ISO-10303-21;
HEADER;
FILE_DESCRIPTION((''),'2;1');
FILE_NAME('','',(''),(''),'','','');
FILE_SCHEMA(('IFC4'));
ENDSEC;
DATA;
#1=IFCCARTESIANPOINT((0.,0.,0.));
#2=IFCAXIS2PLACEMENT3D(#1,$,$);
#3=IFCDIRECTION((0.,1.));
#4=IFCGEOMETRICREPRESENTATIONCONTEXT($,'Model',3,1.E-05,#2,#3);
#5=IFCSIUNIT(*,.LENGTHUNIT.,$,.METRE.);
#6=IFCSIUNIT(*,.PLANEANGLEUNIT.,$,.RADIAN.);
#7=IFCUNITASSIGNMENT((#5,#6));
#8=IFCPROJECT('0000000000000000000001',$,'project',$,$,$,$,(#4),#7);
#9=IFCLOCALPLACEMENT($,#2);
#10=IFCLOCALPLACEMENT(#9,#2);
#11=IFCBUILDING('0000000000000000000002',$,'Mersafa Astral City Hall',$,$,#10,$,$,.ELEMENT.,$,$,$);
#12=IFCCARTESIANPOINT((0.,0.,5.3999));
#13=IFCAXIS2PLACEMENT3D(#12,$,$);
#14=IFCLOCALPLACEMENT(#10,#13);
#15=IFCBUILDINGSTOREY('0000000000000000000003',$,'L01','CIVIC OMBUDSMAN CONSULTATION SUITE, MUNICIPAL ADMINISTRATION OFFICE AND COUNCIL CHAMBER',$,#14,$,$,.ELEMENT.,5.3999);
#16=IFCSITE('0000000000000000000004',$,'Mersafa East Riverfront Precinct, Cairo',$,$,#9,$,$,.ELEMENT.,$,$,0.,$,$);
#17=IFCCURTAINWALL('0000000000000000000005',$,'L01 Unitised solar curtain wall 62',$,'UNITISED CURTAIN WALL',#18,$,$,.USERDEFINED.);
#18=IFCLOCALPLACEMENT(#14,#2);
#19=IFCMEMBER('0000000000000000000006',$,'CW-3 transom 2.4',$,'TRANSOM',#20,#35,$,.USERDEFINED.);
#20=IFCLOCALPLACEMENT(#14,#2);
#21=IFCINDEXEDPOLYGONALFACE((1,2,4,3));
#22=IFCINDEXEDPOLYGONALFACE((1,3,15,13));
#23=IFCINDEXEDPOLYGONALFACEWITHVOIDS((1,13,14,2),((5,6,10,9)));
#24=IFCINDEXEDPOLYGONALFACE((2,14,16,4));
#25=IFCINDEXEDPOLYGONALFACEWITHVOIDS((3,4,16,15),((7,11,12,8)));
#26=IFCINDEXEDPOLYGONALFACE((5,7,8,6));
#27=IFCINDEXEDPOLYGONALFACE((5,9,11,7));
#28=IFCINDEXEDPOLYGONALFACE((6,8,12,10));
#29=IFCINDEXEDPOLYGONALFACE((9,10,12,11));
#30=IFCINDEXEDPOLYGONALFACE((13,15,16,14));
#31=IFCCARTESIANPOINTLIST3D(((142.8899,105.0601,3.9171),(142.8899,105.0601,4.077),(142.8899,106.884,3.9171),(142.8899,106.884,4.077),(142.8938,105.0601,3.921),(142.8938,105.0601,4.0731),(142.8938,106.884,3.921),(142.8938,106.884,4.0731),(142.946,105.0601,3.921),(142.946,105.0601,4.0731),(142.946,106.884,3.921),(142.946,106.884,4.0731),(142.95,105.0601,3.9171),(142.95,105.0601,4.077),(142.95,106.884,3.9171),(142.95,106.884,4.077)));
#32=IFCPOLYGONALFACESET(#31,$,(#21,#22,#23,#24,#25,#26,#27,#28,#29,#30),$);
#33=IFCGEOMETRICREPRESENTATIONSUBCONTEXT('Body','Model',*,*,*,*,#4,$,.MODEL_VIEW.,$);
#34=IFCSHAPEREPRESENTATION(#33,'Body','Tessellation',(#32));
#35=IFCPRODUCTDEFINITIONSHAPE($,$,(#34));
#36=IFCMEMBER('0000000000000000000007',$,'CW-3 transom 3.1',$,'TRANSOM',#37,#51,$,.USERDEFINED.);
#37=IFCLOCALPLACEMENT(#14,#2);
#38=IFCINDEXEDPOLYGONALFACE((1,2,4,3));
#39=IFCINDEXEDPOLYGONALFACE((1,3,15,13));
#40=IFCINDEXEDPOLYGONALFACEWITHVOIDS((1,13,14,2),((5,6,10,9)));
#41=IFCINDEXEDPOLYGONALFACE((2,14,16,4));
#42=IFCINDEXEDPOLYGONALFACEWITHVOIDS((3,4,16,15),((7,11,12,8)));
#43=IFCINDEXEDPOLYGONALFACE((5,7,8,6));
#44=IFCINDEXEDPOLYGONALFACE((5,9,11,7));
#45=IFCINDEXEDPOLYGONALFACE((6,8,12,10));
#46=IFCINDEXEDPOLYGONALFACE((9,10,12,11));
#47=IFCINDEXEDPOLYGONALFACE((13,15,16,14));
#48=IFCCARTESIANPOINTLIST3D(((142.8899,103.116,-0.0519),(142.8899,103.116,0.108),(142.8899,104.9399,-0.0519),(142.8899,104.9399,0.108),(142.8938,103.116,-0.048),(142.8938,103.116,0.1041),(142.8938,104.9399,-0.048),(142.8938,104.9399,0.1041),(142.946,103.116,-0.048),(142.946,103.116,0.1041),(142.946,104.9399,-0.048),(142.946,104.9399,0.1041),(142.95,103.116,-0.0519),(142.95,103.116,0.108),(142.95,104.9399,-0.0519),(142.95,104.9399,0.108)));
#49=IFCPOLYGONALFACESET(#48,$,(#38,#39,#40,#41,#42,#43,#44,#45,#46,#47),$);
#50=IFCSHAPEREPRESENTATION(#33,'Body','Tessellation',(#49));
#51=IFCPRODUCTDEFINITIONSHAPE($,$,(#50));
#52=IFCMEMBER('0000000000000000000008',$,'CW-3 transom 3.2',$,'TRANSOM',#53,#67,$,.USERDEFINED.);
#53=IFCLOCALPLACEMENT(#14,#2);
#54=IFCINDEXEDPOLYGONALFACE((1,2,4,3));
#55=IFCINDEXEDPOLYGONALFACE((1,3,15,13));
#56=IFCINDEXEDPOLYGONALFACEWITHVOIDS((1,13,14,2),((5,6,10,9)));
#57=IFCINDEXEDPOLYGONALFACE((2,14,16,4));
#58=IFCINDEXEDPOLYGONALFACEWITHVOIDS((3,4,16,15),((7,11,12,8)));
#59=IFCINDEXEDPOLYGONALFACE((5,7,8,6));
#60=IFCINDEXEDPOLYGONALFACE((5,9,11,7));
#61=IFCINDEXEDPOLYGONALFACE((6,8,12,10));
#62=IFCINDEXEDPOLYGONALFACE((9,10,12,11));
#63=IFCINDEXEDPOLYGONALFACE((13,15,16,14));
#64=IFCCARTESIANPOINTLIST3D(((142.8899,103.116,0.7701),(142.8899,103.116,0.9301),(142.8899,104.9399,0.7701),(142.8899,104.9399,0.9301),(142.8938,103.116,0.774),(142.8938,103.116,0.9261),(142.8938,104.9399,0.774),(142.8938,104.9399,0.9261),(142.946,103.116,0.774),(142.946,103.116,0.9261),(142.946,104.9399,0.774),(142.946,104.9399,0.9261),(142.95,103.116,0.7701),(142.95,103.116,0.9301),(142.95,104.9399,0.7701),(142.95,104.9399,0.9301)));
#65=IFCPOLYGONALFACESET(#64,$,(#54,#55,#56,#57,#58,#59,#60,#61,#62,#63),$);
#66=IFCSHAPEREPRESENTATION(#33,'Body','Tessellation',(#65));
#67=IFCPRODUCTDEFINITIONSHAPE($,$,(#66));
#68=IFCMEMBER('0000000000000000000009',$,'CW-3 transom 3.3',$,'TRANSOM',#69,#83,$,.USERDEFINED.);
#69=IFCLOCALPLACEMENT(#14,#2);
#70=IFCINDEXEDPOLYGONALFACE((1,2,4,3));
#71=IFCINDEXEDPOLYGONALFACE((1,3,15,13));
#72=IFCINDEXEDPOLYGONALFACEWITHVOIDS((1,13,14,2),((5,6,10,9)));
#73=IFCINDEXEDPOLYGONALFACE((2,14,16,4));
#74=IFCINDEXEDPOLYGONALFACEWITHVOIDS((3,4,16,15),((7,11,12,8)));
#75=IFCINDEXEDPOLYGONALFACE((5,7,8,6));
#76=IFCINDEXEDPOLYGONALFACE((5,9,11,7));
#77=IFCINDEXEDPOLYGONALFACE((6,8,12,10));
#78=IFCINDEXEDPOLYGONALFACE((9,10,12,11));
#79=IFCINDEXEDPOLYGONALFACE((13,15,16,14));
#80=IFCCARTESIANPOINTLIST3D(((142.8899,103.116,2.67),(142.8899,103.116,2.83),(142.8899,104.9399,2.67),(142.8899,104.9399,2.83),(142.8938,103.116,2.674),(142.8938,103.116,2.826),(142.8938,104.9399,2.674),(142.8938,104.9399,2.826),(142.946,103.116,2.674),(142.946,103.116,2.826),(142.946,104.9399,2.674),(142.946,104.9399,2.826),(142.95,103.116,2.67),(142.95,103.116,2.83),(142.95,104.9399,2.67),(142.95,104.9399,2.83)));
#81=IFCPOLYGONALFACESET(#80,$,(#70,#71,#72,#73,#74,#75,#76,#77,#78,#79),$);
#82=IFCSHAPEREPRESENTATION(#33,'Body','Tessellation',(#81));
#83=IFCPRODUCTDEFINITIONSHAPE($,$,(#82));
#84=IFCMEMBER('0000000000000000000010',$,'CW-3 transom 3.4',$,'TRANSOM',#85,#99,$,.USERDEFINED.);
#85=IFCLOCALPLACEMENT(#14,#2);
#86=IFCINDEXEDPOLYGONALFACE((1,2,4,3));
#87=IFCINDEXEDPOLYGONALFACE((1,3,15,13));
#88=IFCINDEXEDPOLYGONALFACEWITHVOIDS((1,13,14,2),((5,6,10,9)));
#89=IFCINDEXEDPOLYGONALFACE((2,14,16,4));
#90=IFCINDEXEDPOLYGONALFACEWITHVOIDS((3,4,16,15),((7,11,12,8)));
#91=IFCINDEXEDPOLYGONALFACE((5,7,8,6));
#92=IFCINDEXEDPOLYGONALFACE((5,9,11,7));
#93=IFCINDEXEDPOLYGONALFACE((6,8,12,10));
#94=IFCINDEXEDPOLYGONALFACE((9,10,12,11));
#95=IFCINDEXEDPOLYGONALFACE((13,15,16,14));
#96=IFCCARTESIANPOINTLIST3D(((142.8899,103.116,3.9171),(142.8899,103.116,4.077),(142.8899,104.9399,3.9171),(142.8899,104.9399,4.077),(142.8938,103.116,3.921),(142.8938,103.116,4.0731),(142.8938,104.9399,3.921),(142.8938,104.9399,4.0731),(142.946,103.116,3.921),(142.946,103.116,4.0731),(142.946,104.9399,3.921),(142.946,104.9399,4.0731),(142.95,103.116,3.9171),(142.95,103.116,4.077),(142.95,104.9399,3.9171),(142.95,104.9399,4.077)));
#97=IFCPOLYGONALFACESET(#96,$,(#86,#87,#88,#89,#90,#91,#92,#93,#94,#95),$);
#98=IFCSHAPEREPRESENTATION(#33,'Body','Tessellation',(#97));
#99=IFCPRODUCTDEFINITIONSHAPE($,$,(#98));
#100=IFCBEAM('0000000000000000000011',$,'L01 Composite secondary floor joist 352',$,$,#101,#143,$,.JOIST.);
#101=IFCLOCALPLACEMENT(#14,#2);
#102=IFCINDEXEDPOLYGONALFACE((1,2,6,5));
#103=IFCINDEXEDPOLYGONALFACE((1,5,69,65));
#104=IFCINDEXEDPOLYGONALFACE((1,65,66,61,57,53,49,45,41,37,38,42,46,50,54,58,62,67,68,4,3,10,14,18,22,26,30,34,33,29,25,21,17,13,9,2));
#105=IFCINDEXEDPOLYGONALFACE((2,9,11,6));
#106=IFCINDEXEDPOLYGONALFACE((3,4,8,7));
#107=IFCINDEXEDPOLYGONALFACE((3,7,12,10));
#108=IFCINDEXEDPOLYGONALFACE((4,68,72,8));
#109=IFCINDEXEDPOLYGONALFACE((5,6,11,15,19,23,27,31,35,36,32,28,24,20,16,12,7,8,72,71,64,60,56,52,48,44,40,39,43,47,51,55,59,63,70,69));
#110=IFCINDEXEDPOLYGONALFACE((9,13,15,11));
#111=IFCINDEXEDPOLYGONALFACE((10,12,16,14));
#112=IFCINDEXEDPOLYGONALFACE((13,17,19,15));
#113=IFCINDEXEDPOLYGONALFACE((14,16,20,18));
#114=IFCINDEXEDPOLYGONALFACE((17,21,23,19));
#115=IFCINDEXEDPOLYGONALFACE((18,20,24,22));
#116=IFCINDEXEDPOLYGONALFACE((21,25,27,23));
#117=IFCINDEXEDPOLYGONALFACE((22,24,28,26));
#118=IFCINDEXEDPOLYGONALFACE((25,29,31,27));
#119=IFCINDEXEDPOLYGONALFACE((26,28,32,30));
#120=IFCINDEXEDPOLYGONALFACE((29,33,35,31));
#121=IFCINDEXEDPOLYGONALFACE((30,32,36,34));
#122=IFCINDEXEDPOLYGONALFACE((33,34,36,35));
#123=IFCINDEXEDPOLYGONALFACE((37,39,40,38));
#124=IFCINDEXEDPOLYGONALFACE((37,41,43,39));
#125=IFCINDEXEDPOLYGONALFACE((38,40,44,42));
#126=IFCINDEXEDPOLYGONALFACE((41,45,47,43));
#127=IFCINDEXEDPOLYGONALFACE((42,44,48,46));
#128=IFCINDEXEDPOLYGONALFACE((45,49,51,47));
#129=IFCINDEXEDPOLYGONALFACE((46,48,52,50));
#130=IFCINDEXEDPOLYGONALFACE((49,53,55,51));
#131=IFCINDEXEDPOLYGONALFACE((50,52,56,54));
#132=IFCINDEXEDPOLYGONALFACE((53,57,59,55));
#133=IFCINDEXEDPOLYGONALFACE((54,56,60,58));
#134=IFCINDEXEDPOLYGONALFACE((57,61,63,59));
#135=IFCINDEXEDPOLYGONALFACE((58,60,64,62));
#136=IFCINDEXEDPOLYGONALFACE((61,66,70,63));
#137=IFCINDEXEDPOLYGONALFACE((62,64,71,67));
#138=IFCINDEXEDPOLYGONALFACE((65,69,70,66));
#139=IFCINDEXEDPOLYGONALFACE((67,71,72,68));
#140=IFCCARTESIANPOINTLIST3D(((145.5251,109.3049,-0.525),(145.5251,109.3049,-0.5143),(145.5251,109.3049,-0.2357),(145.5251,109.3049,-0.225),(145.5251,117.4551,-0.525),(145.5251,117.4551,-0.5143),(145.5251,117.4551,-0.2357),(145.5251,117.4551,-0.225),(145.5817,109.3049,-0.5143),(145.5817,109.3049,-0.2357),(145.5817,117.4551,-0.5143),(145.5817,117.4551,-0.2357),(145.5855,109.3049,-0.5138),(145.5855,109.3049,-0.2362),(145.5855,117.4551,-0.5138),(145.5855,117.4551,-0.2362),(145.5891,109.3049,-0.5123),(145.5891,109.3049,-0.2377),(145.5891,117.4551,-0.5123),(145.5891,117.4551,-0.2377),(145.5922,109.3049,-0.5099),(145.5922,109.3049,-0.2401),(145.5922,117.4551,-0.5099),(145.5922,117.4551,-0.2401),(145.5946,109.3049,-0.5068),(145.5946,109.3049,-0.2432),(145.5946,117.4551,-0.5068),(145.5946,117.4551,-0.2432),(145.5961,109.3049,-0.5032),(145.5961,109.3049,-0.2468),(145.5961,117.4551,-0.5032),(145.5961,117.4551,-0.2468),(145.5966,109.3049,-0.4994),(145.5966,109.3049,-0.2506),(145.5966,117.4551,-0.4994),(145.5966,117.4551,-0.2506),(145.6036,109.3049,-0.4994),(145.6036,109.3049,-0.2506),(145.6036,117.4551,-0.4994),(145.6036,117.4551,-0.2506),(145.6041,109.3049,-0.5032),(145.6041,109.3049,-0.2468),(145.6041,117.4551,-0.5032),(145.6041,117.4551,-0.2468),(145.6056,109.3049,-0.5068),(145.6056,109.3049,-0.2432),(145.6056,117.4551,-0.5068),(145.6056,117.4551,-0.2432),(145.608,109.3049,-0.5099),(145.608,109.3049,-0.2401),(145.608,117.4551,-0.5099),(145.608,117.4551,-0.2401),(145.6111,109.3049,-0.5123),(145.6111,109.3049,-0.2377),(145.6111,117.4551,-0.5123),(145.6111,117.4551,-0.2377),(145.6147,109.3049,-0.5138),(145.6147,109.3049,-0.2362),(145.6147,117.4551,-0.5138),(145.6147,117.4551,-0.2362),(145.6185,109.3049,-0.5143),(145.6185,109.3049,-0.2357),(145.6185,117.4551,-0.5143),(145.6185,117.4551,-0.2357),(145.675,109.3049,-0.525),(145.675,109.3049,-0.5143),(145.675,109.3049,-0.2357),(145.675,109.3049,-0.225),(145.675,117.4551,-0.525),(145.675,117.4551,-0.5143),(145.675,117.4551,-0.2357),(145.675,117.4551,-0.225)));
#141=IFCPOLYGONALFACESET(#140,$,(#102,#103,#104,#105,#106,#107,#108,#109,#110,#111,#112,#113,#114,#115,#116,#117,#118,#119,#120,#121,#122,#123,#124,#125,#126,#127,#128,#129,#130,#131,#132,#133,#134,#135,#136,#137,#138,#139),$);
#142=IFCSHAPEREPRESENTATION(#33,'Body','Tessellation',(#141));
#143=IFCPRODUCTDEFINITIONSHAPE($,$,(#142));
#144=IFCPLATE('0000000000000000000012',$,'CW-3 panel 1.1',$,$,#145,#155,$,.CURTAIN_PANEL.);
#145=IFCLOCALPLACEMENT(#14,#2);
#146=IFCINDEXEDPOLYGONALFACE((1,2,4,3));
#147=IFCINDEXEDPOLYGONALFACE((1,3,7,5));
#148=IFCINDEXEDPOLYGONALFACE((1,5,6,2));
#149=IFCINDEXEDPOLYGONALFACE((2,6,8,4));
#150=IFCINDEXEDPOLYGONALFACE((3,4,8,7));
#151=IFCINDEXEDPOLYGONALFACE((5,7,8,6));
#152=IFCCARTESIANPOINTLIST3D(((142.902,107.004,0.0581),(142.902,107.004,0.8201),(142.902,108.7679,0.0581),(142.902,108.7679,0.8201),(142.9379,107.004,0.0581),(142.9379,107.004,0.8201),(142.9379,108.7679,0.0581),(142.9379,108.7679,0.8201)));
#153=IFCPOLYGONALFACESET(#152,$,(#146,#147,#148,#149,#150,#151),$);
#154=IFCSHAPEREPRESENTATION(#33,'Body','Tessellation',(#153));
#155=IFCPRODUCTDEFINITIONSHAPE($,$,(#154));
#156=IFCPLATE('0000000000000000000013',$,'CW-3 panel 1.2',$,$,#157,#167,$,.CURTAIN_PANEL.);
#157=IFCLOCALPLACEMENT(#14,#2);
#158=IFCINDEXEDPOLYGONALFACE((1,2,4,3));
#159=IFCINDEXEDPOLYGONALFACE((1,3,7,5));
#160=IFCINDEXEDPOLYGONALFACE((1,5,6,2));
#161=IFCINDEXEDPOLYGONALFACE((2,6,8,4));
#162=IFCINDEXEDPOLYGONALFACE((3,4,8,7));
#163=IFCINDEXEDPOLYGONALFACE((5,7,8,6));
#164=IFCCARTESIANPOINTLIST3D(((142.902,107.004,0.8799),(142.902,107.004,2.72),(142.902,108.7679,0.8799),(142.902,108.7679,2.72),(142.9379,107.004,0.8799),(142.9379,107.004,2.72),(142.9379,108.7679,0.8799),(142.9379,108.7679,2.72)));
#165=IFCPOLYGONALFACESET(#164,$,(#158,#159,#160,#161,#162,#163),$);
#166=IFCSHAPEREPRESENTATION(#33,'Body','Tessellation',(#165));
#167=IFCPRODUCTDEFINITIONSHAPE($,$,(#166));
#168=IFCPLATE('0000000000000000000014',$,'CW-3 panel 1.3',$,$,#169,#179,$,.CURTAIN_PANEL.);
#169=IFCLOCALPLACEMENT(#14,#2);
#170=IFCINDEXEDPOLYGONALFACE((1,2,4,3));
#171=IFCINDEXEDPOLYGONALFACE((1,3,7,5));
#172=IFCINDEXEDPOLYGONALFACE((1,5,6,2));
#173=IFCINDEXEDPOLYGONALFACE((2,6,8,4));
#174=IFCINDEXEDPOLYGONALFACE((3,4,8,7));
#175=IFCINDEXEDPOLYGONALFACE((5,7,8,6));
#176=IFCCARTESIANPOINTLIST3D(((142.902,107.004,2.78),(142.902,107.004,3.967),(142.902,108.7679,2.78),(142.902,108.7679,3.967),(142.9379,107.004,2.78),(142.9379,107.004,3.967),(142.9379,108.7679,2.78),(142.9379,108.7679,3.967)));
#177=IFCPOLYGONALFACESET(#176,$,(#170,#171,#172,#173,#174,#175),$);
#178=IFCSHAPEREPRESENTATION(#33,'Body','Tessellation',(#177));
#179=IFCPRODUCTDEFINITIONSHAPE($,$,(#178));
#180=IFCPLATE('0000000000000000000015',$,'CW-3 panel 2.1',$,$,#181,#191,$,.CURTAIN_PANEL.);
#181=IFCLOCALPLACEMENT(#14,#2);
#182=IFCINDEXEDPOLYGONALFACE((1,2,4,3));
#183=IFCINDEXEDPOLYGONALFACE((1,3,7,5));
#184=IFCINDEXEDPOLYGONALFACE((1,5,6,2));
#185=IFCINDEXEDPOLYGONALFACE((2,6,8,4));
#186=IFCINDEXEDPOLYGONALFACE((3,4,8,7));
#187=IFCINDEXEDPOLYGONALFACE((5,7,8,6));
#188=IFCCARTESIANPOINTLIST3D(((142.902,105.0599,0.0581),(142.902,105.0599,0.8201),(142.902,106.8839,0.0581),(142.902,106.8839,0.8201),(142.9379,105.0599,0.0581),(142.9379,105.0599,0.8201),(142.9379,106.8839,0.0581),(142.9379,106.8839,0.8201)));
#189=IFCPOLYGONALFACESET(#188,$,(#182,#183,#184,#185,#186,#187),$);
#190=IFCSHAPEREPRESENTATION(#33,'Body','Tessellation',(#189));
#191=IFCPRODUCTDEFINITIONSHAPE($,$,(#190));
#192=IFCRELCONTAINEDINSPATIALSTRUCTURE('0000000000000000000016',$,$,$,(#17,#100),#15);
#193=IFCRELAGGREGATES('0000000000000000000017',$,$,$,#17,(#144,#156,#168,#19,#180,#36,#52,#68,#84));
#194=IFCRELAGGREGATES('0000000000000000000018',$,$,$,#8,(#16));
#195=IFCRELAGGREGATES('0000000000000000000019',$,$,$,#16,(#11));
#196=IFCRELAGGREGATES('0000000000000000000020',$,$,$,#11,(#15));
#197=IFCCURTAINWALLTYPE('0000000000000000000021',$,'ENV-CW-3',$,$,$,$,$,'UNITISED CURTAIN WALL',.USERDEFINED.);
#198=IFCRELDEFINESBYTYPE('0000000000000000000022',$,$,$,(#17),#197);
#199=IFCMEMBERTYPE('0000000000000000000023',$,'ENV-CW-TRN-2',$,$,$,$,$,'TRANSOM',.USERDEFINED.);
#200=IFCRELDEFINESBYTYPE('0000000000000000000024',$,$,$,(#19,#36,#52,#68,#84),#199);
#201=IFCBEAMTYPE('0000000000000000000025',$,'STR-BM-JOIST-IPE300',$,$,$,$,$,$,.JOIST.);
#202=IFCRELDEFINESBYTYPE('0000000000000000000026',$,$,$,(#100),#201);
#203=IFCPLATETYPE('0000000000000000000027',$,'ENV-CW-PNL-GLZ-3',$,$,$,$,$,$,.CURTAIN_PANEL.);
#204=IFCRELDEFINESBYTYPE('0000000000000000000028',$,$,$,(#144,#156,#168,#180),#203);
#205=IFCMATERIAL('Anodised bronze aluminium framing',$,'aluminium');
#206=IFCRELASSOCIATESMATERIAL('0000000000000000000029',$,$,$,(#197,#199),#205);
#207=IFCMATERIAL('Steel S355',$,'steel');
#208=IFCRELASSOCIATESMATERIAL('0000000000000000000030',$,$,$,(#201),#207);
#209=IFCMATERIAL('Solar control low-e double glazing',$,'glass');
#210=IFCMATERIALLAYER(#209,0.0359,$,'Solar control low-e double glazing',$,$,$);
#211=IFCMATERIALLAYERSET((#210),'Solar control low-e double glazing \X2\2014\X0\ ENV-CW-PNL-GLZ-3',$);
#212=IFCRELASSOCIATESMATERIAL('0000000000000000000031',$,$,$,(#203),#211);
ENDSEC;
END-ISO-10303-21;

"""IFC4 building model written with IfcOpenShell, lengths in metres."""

from ifc_helpers import new_model, si_unit, direction, frame, origin, origin_2d, place, context, subcontext, project, spatial, rectangle, hollow_rectangle, i_section, extrude, material, layer, layer_set, material_profile, profile_set, type_object, element, aggregate, save


model = new_model("IFC4")

# Units and contexts
model_context = context("Model", 3, precision=1e-05, world=origin(), true_north=direction((0.0, 1.0)))
body_context = subcontext(model_context, "Body", "Model", "MODEL_VIEW")
ifc_project = project(units=[si_unit("LENGTHUNIT", "METRE"), si_unit("PLANEANGLEUNIT", "RADIAN")], contexts=[model_context])

# Site, building, storey
site_placement = place(None, origin())
site = spatial("IfcSite", under=ifc_project, at=site_placement, Name="Mersafa East Riverfront Precinct, Cairo", CompositionType="ELEMENT", RefElevation=0.0)
building_placement = place(site_placement, origin())
building = spatial("IfcBuilding", under=site, at=building_placement, Name="Mersafa Astral City Hall", CompositionType="ELEMENT")
storey_placement = place(building_placement, frame((0.0, 0.0, 5.3999)))
storey = spatial("IfcBuildingStorey", under=building, at=storey_placement, Name="L01", Description="CIVIC OMBUDSMAN CONSULTATION SUITE, MUNICIPAL ADMINISTRATION OFFICE AND COUNCIL CHAMBER", CompositionType="ELEMENT", Elevation=5.3999)

# Curtain wall, members
ifc_material_1 = material(Name="Anodised bronze aluminium framing", Category="aluminium")
curtain_wall_type = type_object("IfcCurtainWallType", Name="ENV-CW-3", ElementType="UNITISED CURTAIN WALL", PredefinedType="USERDEFINED", material=ifc_material_1)
curtain_wall_placement = place(storey_placement, origin())
curtain_wall = element("IfcCurtainWall", 1, at=curtain_wall_placement, inside=storey, type_object=curtain_wall_type, Name="L01 Unitised solar curtain wall 62", ObjectType="UNITISED CURTAIN WALL", PredefinedType="USERDEFINED")
ifc_material_profile_1 = material_profile(ifc_material_1, hollow_rectangle(XDim=0.0601, YDim=0.1599, WallThickness=0.0039, at=origin_2d()), Name="RHS 60x160x4")
ifc_profile_set_1 = profile_set([ifc_material_profile_1], Name="Anodised bronze aluminium framing")
member_type_1 = type_object("IfcMemberType", Name="ENV-CW-TRN-2", ElementType="TRANSOM", PredefinedType="USERDEFINED", material=ifc_profile_set_1)
member_1_placement = place(storey_placement, frame((142.9199, 106.884, 3.9971), z_axis=(0.0, -1.0, 0.0), x_axis=(1.0, 0.0, 0.0)))
member_1 = element("IfcMember", 2, at=member_1_placement, type_object=member_type_1, Name="CW-3 transom 2.4", ObjectType="TRANSOM", PredefinedType="USERDEFINED", context=body_context, shape_type="SweptSolid", body=[
    extrude(hollow_rectangle(XDim=0.0601, YDim=0.1599, WallThickness=0.0039, at=origin_2d()), origin(), (0.0, 0.0, 1.0), 1.824),
])
member_2_placement = place(storey_placement, frame((142.9199, 104.9399, 0.0281), z_axis=(0.0, -1.0, 0.0), x_axis=(1.0, 0.0, 0.0)))
member_2 = element("IfcMember", 3, at=member_2_placement, type_object=member_type_1, Name="CW-3 transom 3.1", ObjectType="TRANSOM", PredefinedType="USERDEFINED", context=body_context, shape_type="SweptSolid", body=[
    extrude(hollow_rectangle(XDim=0.0601, YDim=0.1599, WallThickness=0.0039, at=origin_2d()), origin(), (0.0, 0.0, 1.0), 1.824),
])
member_3_placement = place(storey_placement, frame((142.9199, 104.9399, 0.8501), z_axis=(0.0, -1.0, 0.0), x_axis=(1.0, 0.0, 0.0)))
member_3 = element("IfcMember", 4, at=member_3_placement, type_object=member_type_1, Name="CW-3 transom 3.2", ObjectType="TRANSOM", PredefinedType="USERDEFINED", context=body_context, shape_type="SweptSolid", body=[
    extrude(hollow_rectangle(XDim=0.0601, YDim=0.1599, WallThickness=0.0039, at=origin_2d()), origin(), (0.0, 0.0, 1.0), 1.824),
])
member_4_placement = place(storey_placement, frame((142.9199, 104.9399, 2.75), z_axis=(0.0, -1.0, 0.0), x_axis=(1.0, 0.0, 0.0)))
member_4 = element("IfcMember", 5, at=member_4_placement, type_object=member_type_1, Name="CW-3 transom 3.3", ObjectType="TRANSOM", PredefinedType="USERDEFINED", context=body_context, shape_type="SweptSolid", body=[
    extrude(hollow_rectangle(XDim=0.0601, YDim=0.1599, WallThickness=0.0039, at=origin_2d()), origin(), (0.0, 0.0, 1.0), 1.824),
])
member_5_placement = place(storey_placement, frame((142.9199, 104.9399, 3.9971), z_axis=(0.0, -1.0, 0.0), x_axis=(1.0, 0.0, 0.0)))
member_5 = element("IfcMember", 6, at=member_5_placement, type_object=member_type_1, Name="CW-3 transom 3.4", ObjectType="TRANSOM", PredefinedType="USERDEFINED", context=body_context, shape_type="SweptSolid", body=[
    extrude(hollow_rectangle(XDim=0.0601, YDim=0.1599, WallThickness=0.0039, at=origin_2d()), origin(), (0.0, 0.0, 1.0), 1.824),
])

# Beam
ifc_material_2 = material(Name="Steel S355", Category="steel")
ifc_material_profile_2 = material_profile(ifc_material_2, i_section(OverallWidth=0.1499, OverallDepth=0.3, WebThickness=0.0071, FlangeThickness=0.0107, FilletRadius=0.0149, at=origin_2d()), Name="IPE 300")
ifc_profile_set_2 = profile_set([ifc_material_profile_2], Name="Steel S355")
beam_type = type_object("IfcBeamType", Name="STR-BM-JOIST-IPE300", PredefinedType="JOIST", material=ifc_profile_set_2)
beam_placement = place(storey_placement, frame((145.6001, 109.3049, -0.375), z_axis=(0.0, 1.0, 0.0), x_axis=(-1.0, 0.0, 0.0)))
element("IfcBeam", 7, at=beam_placement, inside=storey, type_object=beam_type, Name="L01 Composite secondary floor joist 352", PredefinedType="JOIST", context=body_context, shape_type="SweptSolid", body=[
    extrude(i_section(OverallWidth=0.1499, OverallDepth=0.3, WebThickness=0.0071, FlangeThickness=0.0107, FilletRadius=0.0149, at=origin_2d()), origin(), (0.0, 0.0, 1.0), 8.1501),
])

# Plates
ifc_material_3 = material(Name="Solar control low-e double glazing", Category="glass")
ifc_layer_1 = layer(ifc_material_3, 0.0359, Name="Solar control low-e double glazing")
ifc_layer_set_1 = layer_set([ifc_layer_1], Name="Solar control low-e double glazing — ENV-CW-PNL-GLZ-3")
plate_type = type_object("IfcPlateType", Name="ENV-CW-PNL-GLZ-3", PredefinedType="CURTAIN_PANEL", material=ifc_layer_set_1)
plate_1_placement = place(storey_placement, frame((142.9199, 107.886, 0.0581), z_axis=(0.0, 0.0, 1.0), x_axis=(0.0, -1.0, 0.0)))
plate_1 = element("IfcPlate", 8, at=plate_1_placement, type_object=plate_type, Name="CW-3 panel 1.1", PredefinedType="CURTAIN_PANEL", context=body_context, shape_type="SweptSolid", body=[
    extrude(rectangle(XDim=1.7639, YDim=0.0359, at=origin_2d()), origin(), (0.0, 0.0, 1.0), 0.762),
])
plate_2_placement = place(storey_placement, frame((142.9199, 107.886, 0.8799), z_axis=(0.0, 0.0, 1.0), x_axis=(0.0, -1.0, 0.0)))
plate_2 = element("IfcPlate", 9, at=plate_2_placement, type_object=plate_type, Name="CW-3 panel 1.2", PredefinedType="CURTAIN_PANEL", context=body_context, shape_type="SweptSolid", body=[
    extrude(rectangle(XDim=1.7639, YDim=0.0359, at=origin_2d()), origin(), (0.0, 0.0, 1.0), 1.8401),
])
plate_3_placement = place(storey_placement, frame((142.9199, 107.886, 2.78), z_axis=(0.0, 0.0, 1.0), x_axis=(0.0, -1.0, 0.0)))
plate_3 = element("IfcPlate", 10, at=plate_3_placement, type_object=plate_type, Name="CW-3 panel 1.3", PredefinedType="CURTAIN_PANEL", context=body_context, shape_type="SweptSolid", body=[
    extrude(rectangle(XDim=1.7639, YDim=0.0359, at=origin_2d()), origin(), (0.0, 0.0, 1.0), 1.187),
])
plate_4_placement = place(storey_placement, frame((142.9199, 105.9719, 0.0581), z_axis=(0.0, 0.0, 1.0), x_axis=(0.0, -1.0, 0.0)))
plate_4 = element("IfcPlate", 11, at=plate_4_placement, type_object=plate_type, Name="CW-3 panel 2.1", PredefinedType="CURTAIN_PANEL", context=body_context, shape_type="SweptSolid", body=[
    extrude(rectangle(XDim=1.824, YDim=0.0359, at=origin_2d()), origin(), (0.0, 0.0, 1.0), 0.762),
])
aggregate(curtain_wall, [plate_1, plate_2, plate_3, member_1, plate_4, member_2, member_3, member_4, member_5])

save(model, "model.ifc")
